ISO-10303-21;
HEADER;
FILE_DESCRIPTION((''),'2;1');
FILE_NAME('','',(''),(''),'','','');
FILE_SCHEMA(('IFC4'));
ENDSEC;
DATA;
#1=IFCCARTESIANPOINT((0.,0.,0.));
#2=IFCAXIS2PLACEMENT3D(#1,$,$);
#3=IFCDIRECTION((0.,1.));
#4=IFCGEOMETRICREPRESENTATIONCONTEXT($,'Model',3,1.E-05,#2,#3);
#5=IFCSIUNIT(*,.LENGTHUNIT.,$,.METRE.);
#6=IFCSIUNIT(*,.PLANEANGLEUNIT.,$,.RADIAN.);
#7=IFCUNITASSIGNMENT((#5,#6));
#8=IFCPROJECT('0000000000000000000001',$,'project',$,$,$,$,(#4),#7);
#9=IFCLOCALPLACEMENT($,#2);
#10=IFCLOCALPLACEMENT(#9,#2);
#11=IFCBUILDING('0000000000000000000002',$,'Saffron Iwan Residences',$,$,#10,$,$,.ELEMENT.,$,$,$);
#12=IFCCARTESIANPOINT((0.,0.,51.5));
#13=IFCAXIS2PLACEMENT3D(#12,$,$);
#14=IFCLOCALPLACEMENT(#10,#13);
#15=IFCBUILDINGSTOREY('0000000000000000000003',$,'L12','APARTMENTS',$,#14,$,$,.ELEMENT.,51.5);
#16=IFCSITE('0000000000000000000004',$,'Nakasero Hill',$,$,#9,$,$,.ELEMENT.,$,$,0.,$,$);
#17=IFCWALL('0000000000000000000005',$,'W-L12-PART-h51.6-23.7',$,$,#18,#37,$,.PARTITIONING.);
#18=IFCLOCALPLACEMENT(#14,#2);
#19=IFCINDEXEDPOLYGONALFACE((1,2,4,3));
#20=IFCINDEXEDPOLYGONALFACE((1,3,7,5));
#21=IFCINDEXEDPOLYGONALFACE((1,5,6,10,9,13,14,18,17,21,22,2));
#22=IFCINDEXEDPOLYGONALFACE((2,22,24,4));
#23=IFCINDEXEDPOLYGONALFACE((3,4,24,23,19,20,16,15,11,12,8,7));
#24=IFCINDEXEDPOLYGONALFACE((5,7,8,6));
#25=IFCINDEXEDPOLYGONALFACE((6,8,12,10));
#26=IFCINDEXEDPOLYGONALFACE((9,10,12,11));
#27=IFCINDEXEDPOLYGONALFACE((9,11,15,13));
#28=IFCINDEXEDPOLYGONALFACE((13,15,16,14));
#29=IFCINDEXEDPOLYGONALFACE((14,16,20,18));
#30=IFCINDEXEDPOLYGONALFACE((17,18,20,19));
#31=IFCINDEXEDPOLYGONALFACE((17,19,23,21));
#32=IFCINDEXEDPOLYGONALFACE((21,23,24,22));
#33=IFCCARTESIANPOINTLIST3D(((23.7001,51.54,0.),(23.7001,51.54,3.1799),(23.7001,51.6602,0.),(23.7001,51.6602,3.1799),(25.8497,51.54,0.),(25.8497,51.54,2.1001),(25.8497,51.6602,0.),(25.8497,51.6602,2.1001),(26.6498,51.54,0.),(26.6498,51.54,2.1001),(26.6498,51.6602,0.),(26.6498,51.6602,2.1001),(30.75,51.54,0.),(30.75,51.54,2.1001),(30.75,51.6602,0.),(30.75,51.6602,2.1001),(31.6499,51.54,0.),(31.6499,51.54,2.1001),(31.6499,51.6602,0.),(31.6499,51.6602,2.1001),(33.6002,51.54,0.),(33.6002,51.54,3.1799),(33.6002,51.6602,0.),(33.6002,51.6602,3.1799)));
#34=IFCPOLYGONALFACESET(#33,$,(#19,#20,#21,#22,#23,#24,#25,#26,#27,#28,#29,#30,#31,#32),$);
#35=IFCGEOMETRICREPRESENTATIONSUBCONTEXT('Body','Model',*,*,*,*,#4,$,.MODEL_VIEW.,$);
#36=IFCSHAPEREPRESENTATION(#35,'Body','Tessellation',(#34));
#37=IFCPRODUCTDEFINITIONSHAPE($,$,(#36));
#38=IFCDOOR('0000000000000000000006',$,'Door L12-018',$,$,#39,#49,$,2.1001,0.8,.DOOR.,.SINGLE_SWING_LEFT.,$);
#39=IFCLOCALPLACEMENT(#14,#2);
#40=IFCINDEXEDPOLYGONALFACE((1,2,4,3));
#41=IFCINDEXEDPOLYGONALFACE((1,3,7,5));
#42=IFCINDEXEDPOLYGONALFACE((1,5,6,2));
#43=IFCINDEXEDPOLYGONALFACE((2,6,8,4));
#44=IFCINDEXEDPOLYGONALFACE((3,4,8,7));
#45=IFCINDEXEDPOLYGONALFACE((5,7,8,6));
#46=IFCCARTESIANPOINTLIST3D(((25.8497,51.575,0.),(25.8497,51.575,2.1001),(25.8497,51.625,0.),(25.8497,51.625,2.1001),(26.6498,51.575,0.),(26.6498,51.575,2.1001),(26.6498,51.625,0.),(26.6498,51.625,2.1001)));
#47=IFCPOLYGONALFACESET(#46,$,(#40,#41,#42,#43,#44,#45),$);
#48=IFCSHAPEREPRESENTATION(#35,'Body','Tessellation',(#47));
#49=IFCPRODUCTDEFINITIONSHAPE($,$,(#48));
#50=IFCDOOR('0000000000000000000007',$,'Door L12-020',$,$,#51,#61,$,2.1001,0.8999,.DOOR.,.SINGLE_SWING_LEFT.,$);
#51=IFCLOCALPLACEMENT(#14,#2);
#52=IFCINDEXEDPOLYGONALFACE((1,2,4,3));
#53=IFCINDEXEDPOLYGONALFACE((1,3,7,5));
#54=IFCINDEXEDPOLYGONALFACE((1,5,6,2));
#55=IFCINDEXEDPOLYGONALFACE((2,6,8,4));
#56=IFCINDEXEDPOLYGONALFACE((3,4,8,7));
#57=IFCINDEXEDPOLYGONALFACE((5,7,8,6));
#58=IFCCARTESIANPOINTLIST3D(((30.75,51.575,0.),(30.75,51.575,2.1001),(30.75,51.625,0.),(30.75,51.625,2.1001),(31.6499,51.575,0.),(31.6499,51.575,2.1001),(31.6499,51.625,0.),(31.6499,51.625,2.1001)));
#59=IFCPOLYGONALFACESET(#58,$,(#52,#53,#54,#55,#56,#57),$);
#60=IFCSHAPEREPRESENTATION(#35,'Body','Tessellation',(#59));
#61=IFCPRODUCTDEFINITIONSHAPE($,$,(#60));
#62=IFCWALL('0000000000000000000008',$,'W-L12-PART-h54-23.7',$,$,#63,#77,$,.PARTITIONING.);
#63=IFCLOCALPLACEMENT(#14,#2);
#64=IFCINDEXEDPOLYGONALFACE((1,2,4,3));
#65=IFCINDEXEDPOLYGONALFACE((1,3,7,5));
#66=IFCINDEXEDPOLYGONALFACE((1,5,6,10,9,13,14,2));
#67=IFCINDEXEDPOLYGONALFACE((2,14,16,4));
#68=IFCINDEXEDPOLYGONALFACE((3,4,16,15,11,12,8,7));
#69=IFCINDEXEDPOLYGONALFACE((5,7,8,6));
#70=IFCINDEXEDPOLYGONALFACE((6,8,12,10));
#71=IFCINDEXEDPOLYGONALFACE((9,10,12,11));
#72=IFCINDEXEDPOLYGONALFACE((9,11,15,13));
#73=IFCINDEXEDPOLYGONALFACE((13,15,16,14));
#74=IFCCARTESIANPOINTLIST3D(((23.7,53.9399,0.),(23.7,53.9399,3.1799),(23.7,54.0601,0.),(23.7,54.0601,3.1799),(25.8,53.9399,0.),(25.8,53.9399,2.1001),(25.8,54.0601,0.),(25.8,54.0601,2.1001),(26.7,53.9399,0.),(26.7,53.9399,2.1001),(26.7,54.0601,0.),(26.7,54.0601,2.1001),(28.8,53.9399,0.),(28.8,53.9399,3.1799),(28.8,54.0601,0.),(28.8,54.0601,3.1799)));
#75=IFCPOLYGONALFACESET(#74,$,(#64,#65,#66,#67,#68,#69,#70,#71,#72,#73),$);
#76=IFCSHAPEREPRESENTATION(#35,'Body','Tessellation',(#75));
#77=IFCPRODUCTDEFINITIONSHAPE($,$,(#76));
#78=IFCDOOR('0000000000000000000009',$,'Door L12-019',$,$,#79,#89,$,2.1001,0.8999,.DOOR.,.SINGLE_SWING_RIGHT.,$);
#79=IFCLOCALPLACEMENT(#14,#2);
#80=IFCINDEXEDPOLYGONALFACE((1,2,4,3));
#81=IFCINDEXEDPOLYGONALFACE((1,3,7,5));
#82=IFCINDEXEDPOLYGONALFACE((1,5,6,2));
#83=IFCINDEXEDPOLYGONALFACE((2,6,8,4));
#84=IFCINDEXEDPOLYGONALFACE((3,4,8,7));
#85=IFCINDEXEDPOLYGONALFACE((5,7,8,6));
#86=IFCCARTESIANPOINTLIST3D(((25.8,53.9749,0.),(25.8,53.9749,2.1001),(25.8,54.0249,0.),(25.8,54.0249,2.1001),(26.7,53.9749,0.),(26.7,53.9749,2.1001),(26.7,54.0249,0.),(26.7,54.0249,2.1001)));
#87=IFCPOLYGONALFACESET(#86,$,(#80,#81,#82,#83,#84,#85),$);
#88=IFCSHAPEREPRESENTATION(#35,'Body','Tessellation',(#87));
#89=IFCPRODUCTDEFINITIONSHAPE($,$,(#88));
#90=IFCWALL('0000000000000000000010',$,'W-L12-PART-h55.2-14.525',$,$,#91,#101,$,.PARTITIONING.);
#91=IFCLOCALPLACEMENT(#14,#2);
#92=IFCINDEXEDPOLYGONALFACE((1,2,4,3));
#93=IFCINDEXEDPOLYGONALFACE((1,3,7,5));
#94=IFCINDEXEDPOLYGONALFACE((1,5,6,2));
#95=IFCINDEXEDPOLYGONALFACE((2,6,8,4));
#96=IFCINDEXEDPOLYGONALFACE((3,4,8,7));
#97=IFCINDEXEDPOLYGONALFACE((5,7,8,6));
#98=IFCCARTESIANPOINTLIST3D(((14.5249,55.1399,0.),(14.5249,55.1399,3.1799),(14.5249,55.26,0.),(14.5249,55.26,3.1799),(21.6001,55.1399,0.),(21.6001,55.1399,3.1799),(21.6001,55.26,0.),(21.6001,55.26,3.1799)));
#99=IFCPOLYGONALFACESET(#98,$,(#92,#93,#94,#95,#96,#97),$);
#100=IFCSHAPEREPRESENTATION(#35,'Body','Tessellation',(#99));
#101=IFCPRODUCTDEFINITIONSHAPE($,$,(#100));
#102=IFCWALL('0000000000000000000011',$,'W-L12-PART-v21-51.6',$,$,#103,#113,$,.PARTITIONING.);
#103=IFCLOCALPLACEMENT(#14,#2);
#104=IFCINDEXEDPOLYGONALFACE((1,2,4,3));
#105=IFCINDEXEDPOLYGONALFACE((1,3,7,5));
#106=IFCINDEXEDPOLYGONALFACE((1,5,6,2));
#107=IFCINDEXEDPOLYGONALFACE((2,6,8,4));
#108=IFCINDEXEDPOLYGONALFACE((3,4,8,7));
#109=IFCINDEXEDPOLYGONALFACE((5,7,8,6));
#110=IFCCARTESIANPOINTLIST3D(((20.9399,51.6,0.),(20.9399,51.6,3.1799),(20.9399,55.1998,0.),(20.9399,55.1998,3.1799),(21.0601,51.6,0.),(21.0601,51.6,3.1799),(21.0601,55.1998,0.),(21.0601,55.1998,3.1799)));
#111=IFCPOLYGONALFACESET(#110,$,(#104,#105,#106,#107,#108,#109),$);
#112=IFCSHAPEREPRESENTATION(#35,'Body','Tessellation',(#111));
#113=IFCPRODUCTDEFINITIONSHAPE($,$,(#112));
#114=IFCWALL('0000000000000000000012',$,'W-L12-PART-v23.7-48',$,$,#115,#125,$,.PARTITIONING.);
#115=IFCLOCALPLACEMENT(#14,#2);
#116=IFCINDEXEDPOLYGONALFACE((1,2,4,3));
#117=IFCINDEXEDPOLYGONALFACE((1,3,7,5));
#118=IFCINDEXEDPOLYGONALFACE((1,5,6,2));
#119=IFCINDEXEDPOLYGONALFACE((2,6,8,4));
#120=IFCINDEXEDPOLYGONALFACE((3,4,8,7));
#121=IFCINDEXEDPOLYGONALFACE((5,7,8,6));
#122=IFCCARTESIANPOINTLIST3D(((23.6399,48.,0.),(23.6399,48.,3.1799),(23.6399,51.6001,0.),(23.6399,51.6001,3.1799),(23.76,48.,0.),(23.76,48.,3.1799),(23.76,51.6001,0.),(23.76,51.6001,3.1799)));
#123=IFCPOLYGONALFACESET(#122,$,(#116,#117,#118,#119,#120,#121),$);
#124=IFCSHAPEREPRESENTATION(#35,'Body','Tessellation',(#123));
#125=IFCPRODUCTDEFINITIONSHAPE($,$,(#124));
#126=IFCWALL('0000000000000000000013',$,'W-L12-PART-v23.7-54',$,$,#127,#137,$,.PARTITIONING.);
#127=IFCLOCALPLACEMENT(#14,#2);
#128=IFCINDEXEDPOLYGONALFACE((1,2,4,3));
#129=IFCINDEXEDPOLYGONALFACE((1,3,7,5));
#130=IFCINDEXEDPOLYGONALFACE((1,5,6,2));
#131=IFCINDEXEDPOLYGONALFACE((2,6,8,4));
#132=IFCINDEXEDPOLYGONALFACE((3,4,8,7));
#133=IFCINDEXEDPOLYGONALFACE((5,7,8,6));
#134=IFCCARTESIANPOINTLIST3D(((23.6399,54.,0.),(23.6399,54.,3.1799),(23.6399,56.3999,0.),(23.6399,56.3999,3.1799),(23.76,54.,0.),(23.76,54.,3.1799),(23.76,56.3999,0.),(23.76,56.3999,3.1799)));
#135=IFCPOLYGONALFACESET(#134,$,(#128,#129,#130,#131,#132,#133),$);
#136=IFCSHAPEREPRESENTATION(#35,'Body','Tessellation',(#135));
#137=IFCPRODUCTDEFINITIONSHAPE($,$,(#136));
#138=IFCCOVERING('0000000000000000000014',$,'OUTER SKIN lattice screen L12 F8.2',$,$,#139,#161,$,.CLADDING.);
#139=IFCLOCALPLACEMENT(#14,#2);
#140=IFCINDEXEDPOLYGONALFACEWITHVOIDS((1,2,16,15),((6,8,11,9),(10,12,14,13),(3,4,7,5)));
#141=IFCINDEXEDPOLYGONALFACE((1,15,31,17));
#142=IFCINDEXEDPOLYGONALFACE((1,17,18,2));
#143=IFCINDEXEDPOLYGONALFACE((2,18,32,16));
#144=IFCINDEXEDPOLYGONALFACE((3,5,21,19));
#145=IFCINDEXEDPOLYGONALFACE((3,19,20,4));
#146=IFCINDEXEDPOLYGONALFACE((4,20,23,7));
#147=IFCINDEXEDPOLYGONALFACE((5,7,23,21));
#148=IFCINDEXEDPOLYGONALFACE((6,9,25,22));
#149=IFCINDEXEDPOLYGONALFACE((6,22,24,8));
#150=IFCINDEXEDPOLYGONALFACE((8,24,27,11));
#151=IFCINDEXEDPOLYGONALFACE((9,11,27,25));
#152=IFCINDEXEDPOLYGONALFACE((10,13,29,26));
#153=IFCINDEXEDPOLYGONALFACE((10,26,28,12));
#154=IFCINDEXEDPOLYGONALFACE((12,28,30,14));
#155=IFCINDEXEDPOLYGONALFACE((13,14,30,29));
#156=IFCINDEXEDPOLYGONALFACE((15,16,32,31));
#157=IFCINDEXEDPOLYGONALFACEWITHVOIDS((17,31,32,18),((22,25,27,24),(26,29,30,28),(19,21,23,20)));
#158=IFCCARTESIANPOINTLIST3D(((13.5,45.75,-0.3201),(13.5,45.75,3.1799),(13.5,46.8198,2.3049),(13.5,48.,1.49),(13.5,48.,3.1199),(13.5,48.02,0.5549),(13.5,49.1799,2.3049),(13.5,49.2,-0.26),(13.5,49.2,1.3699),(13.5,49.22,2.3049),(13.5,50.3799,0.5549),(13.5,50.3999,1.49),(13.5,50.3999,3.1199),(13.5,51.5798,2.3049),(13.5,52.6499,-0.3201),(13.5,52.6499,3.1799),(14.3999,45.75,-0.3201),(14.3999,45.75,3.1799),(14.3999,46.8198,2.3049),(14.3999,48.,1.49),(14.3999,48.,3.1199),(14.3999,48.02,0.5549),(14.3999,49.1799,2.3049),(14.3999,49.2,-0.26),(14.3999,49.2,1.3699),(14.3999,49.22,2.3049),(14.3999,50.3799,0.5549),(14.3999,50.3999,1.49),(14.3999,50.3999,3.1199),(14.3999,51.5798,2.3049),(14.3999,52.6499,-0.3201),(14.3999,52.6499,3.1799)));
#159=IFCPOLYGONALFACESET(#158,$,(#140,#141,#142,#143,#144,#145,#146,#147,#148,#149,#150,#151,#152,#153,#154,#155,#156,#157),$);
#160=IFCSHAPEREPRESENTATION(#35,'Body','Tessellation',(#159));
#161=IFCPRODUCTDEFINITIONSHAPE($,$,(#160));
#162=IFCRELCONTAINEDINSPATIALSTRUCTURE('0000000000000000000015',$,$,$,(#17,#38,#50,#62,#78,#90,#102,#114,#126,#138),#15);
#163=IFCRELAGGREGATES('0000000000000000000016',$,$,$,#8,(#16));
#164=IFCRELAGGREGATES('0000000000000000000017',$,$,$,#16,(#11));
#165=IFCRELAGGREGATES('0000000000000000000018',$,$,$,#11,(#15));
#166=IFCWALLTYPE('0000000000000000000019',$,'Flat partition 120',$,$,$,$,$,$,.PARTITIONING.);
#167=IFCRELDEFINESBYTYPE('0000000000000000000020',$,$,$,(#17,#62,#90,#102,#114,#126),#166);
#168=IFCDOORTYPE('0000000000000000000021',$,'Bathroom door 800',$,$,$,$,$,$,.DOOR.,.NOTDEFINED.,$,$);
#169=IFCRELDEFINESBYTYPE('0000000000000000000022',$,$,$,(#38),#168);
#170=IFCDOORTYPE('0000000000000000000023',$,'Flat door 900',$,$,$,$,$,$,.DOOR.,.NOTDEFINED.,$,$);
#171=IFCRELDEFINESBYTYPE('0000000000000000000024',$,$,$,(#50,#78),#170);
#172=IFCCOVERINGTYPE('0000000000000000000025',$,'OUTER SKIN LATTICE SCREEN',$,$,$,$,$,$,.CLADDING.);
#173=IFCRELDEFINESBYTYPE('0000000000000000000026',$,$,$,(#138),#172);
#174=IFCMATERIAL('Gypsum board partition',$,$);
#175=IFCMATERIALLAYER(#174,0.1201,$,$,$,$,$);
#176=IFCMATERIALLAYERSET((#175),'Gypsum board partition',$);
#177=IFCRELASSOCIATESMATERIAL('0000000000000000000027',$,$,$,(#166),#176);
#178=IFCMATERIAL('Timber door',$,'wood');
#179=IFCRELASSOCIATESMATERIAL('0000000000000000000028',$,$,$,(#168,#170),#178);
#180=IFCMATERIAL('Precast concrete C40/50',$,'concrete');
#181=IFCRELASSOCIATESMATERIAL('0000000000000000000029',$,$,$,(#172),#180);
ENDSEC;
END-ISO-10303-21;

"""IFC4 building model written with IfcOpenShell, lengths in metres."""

from ifc_helpers import new_model, si_unit, direction, frame, frame_2d, origin, place, context, subcontext, project, spatial, polyline, rectangle, outline, extrude, material, layer, layer_set, type_object, element, fill, save


model = new_model("IFC4")

# Units and contexts
model_context = context("Model", 3, precision=1e-05, world=origin(), true_north=direction((0.0, 1.0)))
body_context = subcontext(model_context, "Body", "Model", "MODEL_VIEW")
ifc_project = project(units=[si_unit("LENGTHUNIT", "METRE"), si_unit("PLANEANGLEUNIT", "RADIAN")], contexts=[model_context])

# Site, building, storey
site_placement = place(None, origin())
site = spatial("IfcSite", under=ifc_project, at=site_placement, Name="Nakasero Hill", CompositionType="ELEMENT", RefElevation=0.0)
building_placement = place(site_placement, origin())
building = spatial("IfcBuilding", under=site, at=building_placement, Name="Saffron Iwan Residences", CompositionType="ELEMENT")
storey_placement = place(building_placement, frame((0.0, 0.0, 51.5)))
storey = spatial("IfcBuildingStorey", under=building, at=storey_placement, Name="L12", Description="APARTMENTS", CompositionType="ELEMENT", Elevation=51.5)

# Shared definitions
ifc_material_1 = material(Name="Gypsum board partition")
ifc_layer_1 = layer(ifc_material_1, 0.1201)
ifc_layer_set_1 = layer_set([ifc_layer_1], Name="Gypsum board partition")
wall_type_1 = type_object("IfcWallType", Name="Flat partition 120", PredefinedType="PARTITIONING", material=ifc_layer_set_1)
ifc_material_2 = material(Name="Timber door", Category="wood")
door_type_1 = type_object("IfcDoorType", Name="Bathroom door 800", OperationType="NOTDEFINED", PredefinedType="DOOR", material=ifc_material_2)

# Wall, openings, doors
wall_1_placement = place(storey_placement, frame((23.7, 51.6001, 0.0), z_axis=(0.0, 0.0, 1.0), x_axis=(1.0, 0.0, 0.0)))
wall_1 = element("IfcWall", 1, at=wall_1_placement, inside=storey, type_object=wall_type_1, Name="W-L12-PART-h51.6-23.7", PredefinedType="PARTITIONING", context=body_context, shape_type="SweptSolid", body=[
    extrude(rectangle(XDim=9.9001, YDim=0.1201, at=frame_2d((4.9502, 0.0))), origin(), (0.0, 0.0, 1.0), 3.1799),
])
opening_1_placement = place(wall_1_placement, frame((2.1499, 0.0, 0.0)))
opening_1 = element("IfcOpeningElement", 2, at=opening_1_placement, cuts=wall_1, PredefinedType="OPENING", context=body_context, shape_type="SweptSolid", body=[
    extrude(rectangle(XDim=0.8, YDim=2.1001, at=frame_2d((0.3999, 1.05))), frame((0.0, 0.0701, 0.0), z_axis=(0.0, -1.0, 0.0), x_axis=(1.0, 0.0, 0.0)), (0.0, 0.0, 1.0), 0.1401),
])
opening_2_placement = place(wall_1_placement, frame((7.05, 0.0, 0.0)))
opening_2 = element("IfcOpeningElement", 3, at=opening_2_placement, cuts=wall_1, PredefinedType="OPENING", context=body_context, shape_type="SweptSolid", body=[
    extrude(rectangle(XDim=0.8999, YDim=2.1001, at=frame_2d((0.45, 1.05))), frame((0.0, 0.0701, 0.0), z_axis=(0.0, -1.0, 0.0), x_axis=(1.0, 0.0, 0.0)), (0.0, 0.0, 1.0), 0.1401),
])
door_1_placement = place(opening_1_placement, origin())
door_1 = element("IfcDoor", 4, at=door_1_placement, inside=storey, type_object=door_type_1, Name="Door L12-018", OperationType="SINGLE_SWING_LEFT", OverallHeight=2.1001, OverallWidth=0.8, PredefinedType="DOOR", context=body_context, shape_type="SweptSolid", body=[
    extrude(rectangle(XDim=0.8, YDim=2.1001, at=frame_2d((0.3999, 1.05))), frame((0.0, 0.0249, 0.0), z_axis=(0.0, -1.0, 0.0), x_axis=(1.0, 0.0, 0.0)), (0.0, 0.0, 1.0), 0.05),
])
fill(opening_1, door_1)
door_type_2 = type_object("IfcDoorType", Name="Flat door 900", OperationType="NOTDEFINED", PredefinedType="DOOR", material=ifc_material_2)
door_2_placement = place(opening_2_placement, origin())
door_2 = element("IfcDoor", 5, at=door_2_placement, inside=storey, type_object=door_type_2, Name="Door L12-020", OperationType="SINGLE_SWING_LEFT", OverallHeight=2.1001, OverallWidth=0.8999, PredefinedType="DOOR", context=body_context, shape_type="SweptSolid", body=[
    extrude(rectangle(XDim=0.8999, YDim=2.1001, at=frame_2d((0.45, 1.05))), frame((0.0, 0.0249, 0.0), z_axis=(0.0, -1.0, 0.0), x_axis=(1.0, 0.0, 0.0)), (0.0, 0.0, 1.0), 0.05),
])
fill(opening_2, door_2)

# Wall, opening, door
wall_2_placement = place(storey_placement, frame((23.7, 54.0, 0.0), z_axis=(0.0, 0.0, 1.0), x_axis=(1.0, 0.0, 0.0)))
wall_2 = element("IfcWall", 6, at=wall_2_placement, inside=storey, type_object=wall_type_1, Name="W-L12-PART-h54-23.7", PredefinedType="PARTITIONING", context=body_context, shape_type="SweptSolid", body=[
    extrude(rectangle(XDim=5.1001, YDim=0.1201, at=frame_2d((2.55, 0.0))), origin(), (0.0, 0.0, 1.0), 3.1799),
])
opening_3_placement = place(wall_2_placement, frame((2.1001, 0.0, 0.0)))
opening_3 = element("IfcOpeningElement", 7, at=opening_3_placement, cuts=wall_2, PredefinedType="OPENING", context=body_context, shape_type="SweptSolid", body=[
    extrude(rectangle(XDim=0.8999, YDim=2.1001, at=frame_2d((0.45, 1.05))), frame((0.0, 0.0701, 0.0), z_axis=(0.0, -1.0, 0.0), x_axis=(1.0, 0.0, 0.0)), (0.0, 0.0, 1.0), 0.1401),
])
door_3_placement = place(opening_3_placement, origin())
door_3 = element("IfcDoor", 8, at=door_3_placement, inside=storey, type_object=door_type_2, Name="Door L12-019", OperationType="SINGLE_SWING_RIGHT", OverallHeight=2.1001, OverallWidth=0.8999, PredefinedType="DOOR", context=body_context, shape_type="SweptSolid", body=[
    extrude(rectangle(XDim=0.8999, YDim=2.1001, at=frame_2d((0.45, 1.05))), frame((0.0, 0.0249, 0.0), z_axis=(0.0, -1.0, 0.0), x_axis=(1.0, 0.0, 0.0)), (0.0, 0.0, 1.0), 0.05),
])
fill(opening_3, door_3)

# Walls
wall_3_placement = place(storey_placement, frame((14.5249, 55.2, 0.0), z_axis=(0.0, 0.0, 1.0), x_axis=(1.0, 0.0, 0.0)))
element("IfcWall", 9, at=wall_3_placement, inside=storey, type_object=wall_type_1, Name="W-L12-PART-h55.2-14.525", PredefinedType="PARTITIONING", context=body_context, shape_type="SweptSolid", body=[
    extrude(rectangle(XDim=7.0752, YDim=0.1201, at=frame_2d((3.5376, 0.0))), origin(), (0.0, 0.0, 1.0), 3.1799),
])
wall_4_placement = place(storey_placement, frame((21.0, 51.6001, 0.0), z_axis=(0.0, 0.0, 1.0), x_axis=(0.0, 1.0, 0.0)))
element("IfcWall", 10, at=wall_4_placement, inside=storey, type_object=wall_type_1, Name="W-L12-PART-v21-51.6", PredefinedType="PARTITIONING", context=body_context, shape_type="SweptSolid", body=[
    extrude(rectangle(XDim=3.5999, YDim=0.1201, at=frame_2d((1.7998, 0.0))), origin(), (0.0, 0.0, 1.0), 3.1799),
])
wall_5_placement = place(storey_placement, frame((23.7, 48.0, 0.0), z_axis=(0.0, 0.0, 1.0), x_axis=(0.0, 1.0, 0.0)))
element("IfcWall", 11, at=wall_5_placement, inside=storey, type_object=wall_type_1, Name="W-L12-PART-v23.7-48", PredefinedType="PARTITIONING", context=body_context, shape_type="SweptSolid", body=[
    extrude(rectangle(XDim=3.6001, YDim=0.1201, at=frame_2d((1.8, 0.0))), origin(), (0.0, 0.0, 1.0), 3.1799),
])
wall_6_placement = place(storey_placement, frame((23.7, 54.0, 0.0), z_axis=(0.0, 0.0, 1.0), x_axis=(0.0, 1.0, 0.0)))
element("IfcWall", 12, at=wall_6_placement, inside=storey, type_object=wall_type_1, Name="W-L12-PART-v23.7-54", PredefinedType="PARTITIONING", context=body_context, shape_type="SweptSolid", body=[
    extrude(rectangle(XDim=2.3999, YDim=0.1201, at=frame_2d((1.2, 0.0))), origin(), (0.0, 0.0, 1.0), 3.1799),
])

# Covering
ifc_material_3 = material(Name="Precast concrete C40/50", Category="concrete")
covering_type = type_object("IfcCoveringType", Name="OUTER SKIN LATTICE SCREEN", PredefinedType="CLADDING", material=ifc_material_3)
covering_placement = place(storey_placement, frame((14.3999, 52.6499, -0.3201), z_axis=(-1.0, 0.0, 0.0), x_axis=(0.0, -1.0, 0.0)))
element("IfcCovering", 13, at=covering_placement, inside=storey, type_object=covering_type, Name="OUTER SKIN lattice screen L12 F8.2", PredefinedType="CLADDING", context=body_context, shape_type="SweptSolid", body=[
    extrude(outline(polyline([(0.0, 0.0), (6.8999, 0.0), (6.8999, 3.5), (0.0, 3.5), (0.0, 0.0)]), holes=[polyline([(2.27, 0.875), (3.45, 0.0601), (4.6299, 0.875), (3.45, 1.6899), (2.27, 0.875)]), polyline([(1.0701, 2.625), (2.25, 1.8101), (3.4299, 2.625), (2.25, 3.4399), (1.0701, 2.625)]), polyline([(3.47, 2.625), (4.6499, 1.8101), (5.8301, 2.625), (4.6499, 3.4399), (3.47, 2.625)])]), origin(), (0.0, 0.0, 1.0), 0.8999),
])

save(model, "model.ifc")
